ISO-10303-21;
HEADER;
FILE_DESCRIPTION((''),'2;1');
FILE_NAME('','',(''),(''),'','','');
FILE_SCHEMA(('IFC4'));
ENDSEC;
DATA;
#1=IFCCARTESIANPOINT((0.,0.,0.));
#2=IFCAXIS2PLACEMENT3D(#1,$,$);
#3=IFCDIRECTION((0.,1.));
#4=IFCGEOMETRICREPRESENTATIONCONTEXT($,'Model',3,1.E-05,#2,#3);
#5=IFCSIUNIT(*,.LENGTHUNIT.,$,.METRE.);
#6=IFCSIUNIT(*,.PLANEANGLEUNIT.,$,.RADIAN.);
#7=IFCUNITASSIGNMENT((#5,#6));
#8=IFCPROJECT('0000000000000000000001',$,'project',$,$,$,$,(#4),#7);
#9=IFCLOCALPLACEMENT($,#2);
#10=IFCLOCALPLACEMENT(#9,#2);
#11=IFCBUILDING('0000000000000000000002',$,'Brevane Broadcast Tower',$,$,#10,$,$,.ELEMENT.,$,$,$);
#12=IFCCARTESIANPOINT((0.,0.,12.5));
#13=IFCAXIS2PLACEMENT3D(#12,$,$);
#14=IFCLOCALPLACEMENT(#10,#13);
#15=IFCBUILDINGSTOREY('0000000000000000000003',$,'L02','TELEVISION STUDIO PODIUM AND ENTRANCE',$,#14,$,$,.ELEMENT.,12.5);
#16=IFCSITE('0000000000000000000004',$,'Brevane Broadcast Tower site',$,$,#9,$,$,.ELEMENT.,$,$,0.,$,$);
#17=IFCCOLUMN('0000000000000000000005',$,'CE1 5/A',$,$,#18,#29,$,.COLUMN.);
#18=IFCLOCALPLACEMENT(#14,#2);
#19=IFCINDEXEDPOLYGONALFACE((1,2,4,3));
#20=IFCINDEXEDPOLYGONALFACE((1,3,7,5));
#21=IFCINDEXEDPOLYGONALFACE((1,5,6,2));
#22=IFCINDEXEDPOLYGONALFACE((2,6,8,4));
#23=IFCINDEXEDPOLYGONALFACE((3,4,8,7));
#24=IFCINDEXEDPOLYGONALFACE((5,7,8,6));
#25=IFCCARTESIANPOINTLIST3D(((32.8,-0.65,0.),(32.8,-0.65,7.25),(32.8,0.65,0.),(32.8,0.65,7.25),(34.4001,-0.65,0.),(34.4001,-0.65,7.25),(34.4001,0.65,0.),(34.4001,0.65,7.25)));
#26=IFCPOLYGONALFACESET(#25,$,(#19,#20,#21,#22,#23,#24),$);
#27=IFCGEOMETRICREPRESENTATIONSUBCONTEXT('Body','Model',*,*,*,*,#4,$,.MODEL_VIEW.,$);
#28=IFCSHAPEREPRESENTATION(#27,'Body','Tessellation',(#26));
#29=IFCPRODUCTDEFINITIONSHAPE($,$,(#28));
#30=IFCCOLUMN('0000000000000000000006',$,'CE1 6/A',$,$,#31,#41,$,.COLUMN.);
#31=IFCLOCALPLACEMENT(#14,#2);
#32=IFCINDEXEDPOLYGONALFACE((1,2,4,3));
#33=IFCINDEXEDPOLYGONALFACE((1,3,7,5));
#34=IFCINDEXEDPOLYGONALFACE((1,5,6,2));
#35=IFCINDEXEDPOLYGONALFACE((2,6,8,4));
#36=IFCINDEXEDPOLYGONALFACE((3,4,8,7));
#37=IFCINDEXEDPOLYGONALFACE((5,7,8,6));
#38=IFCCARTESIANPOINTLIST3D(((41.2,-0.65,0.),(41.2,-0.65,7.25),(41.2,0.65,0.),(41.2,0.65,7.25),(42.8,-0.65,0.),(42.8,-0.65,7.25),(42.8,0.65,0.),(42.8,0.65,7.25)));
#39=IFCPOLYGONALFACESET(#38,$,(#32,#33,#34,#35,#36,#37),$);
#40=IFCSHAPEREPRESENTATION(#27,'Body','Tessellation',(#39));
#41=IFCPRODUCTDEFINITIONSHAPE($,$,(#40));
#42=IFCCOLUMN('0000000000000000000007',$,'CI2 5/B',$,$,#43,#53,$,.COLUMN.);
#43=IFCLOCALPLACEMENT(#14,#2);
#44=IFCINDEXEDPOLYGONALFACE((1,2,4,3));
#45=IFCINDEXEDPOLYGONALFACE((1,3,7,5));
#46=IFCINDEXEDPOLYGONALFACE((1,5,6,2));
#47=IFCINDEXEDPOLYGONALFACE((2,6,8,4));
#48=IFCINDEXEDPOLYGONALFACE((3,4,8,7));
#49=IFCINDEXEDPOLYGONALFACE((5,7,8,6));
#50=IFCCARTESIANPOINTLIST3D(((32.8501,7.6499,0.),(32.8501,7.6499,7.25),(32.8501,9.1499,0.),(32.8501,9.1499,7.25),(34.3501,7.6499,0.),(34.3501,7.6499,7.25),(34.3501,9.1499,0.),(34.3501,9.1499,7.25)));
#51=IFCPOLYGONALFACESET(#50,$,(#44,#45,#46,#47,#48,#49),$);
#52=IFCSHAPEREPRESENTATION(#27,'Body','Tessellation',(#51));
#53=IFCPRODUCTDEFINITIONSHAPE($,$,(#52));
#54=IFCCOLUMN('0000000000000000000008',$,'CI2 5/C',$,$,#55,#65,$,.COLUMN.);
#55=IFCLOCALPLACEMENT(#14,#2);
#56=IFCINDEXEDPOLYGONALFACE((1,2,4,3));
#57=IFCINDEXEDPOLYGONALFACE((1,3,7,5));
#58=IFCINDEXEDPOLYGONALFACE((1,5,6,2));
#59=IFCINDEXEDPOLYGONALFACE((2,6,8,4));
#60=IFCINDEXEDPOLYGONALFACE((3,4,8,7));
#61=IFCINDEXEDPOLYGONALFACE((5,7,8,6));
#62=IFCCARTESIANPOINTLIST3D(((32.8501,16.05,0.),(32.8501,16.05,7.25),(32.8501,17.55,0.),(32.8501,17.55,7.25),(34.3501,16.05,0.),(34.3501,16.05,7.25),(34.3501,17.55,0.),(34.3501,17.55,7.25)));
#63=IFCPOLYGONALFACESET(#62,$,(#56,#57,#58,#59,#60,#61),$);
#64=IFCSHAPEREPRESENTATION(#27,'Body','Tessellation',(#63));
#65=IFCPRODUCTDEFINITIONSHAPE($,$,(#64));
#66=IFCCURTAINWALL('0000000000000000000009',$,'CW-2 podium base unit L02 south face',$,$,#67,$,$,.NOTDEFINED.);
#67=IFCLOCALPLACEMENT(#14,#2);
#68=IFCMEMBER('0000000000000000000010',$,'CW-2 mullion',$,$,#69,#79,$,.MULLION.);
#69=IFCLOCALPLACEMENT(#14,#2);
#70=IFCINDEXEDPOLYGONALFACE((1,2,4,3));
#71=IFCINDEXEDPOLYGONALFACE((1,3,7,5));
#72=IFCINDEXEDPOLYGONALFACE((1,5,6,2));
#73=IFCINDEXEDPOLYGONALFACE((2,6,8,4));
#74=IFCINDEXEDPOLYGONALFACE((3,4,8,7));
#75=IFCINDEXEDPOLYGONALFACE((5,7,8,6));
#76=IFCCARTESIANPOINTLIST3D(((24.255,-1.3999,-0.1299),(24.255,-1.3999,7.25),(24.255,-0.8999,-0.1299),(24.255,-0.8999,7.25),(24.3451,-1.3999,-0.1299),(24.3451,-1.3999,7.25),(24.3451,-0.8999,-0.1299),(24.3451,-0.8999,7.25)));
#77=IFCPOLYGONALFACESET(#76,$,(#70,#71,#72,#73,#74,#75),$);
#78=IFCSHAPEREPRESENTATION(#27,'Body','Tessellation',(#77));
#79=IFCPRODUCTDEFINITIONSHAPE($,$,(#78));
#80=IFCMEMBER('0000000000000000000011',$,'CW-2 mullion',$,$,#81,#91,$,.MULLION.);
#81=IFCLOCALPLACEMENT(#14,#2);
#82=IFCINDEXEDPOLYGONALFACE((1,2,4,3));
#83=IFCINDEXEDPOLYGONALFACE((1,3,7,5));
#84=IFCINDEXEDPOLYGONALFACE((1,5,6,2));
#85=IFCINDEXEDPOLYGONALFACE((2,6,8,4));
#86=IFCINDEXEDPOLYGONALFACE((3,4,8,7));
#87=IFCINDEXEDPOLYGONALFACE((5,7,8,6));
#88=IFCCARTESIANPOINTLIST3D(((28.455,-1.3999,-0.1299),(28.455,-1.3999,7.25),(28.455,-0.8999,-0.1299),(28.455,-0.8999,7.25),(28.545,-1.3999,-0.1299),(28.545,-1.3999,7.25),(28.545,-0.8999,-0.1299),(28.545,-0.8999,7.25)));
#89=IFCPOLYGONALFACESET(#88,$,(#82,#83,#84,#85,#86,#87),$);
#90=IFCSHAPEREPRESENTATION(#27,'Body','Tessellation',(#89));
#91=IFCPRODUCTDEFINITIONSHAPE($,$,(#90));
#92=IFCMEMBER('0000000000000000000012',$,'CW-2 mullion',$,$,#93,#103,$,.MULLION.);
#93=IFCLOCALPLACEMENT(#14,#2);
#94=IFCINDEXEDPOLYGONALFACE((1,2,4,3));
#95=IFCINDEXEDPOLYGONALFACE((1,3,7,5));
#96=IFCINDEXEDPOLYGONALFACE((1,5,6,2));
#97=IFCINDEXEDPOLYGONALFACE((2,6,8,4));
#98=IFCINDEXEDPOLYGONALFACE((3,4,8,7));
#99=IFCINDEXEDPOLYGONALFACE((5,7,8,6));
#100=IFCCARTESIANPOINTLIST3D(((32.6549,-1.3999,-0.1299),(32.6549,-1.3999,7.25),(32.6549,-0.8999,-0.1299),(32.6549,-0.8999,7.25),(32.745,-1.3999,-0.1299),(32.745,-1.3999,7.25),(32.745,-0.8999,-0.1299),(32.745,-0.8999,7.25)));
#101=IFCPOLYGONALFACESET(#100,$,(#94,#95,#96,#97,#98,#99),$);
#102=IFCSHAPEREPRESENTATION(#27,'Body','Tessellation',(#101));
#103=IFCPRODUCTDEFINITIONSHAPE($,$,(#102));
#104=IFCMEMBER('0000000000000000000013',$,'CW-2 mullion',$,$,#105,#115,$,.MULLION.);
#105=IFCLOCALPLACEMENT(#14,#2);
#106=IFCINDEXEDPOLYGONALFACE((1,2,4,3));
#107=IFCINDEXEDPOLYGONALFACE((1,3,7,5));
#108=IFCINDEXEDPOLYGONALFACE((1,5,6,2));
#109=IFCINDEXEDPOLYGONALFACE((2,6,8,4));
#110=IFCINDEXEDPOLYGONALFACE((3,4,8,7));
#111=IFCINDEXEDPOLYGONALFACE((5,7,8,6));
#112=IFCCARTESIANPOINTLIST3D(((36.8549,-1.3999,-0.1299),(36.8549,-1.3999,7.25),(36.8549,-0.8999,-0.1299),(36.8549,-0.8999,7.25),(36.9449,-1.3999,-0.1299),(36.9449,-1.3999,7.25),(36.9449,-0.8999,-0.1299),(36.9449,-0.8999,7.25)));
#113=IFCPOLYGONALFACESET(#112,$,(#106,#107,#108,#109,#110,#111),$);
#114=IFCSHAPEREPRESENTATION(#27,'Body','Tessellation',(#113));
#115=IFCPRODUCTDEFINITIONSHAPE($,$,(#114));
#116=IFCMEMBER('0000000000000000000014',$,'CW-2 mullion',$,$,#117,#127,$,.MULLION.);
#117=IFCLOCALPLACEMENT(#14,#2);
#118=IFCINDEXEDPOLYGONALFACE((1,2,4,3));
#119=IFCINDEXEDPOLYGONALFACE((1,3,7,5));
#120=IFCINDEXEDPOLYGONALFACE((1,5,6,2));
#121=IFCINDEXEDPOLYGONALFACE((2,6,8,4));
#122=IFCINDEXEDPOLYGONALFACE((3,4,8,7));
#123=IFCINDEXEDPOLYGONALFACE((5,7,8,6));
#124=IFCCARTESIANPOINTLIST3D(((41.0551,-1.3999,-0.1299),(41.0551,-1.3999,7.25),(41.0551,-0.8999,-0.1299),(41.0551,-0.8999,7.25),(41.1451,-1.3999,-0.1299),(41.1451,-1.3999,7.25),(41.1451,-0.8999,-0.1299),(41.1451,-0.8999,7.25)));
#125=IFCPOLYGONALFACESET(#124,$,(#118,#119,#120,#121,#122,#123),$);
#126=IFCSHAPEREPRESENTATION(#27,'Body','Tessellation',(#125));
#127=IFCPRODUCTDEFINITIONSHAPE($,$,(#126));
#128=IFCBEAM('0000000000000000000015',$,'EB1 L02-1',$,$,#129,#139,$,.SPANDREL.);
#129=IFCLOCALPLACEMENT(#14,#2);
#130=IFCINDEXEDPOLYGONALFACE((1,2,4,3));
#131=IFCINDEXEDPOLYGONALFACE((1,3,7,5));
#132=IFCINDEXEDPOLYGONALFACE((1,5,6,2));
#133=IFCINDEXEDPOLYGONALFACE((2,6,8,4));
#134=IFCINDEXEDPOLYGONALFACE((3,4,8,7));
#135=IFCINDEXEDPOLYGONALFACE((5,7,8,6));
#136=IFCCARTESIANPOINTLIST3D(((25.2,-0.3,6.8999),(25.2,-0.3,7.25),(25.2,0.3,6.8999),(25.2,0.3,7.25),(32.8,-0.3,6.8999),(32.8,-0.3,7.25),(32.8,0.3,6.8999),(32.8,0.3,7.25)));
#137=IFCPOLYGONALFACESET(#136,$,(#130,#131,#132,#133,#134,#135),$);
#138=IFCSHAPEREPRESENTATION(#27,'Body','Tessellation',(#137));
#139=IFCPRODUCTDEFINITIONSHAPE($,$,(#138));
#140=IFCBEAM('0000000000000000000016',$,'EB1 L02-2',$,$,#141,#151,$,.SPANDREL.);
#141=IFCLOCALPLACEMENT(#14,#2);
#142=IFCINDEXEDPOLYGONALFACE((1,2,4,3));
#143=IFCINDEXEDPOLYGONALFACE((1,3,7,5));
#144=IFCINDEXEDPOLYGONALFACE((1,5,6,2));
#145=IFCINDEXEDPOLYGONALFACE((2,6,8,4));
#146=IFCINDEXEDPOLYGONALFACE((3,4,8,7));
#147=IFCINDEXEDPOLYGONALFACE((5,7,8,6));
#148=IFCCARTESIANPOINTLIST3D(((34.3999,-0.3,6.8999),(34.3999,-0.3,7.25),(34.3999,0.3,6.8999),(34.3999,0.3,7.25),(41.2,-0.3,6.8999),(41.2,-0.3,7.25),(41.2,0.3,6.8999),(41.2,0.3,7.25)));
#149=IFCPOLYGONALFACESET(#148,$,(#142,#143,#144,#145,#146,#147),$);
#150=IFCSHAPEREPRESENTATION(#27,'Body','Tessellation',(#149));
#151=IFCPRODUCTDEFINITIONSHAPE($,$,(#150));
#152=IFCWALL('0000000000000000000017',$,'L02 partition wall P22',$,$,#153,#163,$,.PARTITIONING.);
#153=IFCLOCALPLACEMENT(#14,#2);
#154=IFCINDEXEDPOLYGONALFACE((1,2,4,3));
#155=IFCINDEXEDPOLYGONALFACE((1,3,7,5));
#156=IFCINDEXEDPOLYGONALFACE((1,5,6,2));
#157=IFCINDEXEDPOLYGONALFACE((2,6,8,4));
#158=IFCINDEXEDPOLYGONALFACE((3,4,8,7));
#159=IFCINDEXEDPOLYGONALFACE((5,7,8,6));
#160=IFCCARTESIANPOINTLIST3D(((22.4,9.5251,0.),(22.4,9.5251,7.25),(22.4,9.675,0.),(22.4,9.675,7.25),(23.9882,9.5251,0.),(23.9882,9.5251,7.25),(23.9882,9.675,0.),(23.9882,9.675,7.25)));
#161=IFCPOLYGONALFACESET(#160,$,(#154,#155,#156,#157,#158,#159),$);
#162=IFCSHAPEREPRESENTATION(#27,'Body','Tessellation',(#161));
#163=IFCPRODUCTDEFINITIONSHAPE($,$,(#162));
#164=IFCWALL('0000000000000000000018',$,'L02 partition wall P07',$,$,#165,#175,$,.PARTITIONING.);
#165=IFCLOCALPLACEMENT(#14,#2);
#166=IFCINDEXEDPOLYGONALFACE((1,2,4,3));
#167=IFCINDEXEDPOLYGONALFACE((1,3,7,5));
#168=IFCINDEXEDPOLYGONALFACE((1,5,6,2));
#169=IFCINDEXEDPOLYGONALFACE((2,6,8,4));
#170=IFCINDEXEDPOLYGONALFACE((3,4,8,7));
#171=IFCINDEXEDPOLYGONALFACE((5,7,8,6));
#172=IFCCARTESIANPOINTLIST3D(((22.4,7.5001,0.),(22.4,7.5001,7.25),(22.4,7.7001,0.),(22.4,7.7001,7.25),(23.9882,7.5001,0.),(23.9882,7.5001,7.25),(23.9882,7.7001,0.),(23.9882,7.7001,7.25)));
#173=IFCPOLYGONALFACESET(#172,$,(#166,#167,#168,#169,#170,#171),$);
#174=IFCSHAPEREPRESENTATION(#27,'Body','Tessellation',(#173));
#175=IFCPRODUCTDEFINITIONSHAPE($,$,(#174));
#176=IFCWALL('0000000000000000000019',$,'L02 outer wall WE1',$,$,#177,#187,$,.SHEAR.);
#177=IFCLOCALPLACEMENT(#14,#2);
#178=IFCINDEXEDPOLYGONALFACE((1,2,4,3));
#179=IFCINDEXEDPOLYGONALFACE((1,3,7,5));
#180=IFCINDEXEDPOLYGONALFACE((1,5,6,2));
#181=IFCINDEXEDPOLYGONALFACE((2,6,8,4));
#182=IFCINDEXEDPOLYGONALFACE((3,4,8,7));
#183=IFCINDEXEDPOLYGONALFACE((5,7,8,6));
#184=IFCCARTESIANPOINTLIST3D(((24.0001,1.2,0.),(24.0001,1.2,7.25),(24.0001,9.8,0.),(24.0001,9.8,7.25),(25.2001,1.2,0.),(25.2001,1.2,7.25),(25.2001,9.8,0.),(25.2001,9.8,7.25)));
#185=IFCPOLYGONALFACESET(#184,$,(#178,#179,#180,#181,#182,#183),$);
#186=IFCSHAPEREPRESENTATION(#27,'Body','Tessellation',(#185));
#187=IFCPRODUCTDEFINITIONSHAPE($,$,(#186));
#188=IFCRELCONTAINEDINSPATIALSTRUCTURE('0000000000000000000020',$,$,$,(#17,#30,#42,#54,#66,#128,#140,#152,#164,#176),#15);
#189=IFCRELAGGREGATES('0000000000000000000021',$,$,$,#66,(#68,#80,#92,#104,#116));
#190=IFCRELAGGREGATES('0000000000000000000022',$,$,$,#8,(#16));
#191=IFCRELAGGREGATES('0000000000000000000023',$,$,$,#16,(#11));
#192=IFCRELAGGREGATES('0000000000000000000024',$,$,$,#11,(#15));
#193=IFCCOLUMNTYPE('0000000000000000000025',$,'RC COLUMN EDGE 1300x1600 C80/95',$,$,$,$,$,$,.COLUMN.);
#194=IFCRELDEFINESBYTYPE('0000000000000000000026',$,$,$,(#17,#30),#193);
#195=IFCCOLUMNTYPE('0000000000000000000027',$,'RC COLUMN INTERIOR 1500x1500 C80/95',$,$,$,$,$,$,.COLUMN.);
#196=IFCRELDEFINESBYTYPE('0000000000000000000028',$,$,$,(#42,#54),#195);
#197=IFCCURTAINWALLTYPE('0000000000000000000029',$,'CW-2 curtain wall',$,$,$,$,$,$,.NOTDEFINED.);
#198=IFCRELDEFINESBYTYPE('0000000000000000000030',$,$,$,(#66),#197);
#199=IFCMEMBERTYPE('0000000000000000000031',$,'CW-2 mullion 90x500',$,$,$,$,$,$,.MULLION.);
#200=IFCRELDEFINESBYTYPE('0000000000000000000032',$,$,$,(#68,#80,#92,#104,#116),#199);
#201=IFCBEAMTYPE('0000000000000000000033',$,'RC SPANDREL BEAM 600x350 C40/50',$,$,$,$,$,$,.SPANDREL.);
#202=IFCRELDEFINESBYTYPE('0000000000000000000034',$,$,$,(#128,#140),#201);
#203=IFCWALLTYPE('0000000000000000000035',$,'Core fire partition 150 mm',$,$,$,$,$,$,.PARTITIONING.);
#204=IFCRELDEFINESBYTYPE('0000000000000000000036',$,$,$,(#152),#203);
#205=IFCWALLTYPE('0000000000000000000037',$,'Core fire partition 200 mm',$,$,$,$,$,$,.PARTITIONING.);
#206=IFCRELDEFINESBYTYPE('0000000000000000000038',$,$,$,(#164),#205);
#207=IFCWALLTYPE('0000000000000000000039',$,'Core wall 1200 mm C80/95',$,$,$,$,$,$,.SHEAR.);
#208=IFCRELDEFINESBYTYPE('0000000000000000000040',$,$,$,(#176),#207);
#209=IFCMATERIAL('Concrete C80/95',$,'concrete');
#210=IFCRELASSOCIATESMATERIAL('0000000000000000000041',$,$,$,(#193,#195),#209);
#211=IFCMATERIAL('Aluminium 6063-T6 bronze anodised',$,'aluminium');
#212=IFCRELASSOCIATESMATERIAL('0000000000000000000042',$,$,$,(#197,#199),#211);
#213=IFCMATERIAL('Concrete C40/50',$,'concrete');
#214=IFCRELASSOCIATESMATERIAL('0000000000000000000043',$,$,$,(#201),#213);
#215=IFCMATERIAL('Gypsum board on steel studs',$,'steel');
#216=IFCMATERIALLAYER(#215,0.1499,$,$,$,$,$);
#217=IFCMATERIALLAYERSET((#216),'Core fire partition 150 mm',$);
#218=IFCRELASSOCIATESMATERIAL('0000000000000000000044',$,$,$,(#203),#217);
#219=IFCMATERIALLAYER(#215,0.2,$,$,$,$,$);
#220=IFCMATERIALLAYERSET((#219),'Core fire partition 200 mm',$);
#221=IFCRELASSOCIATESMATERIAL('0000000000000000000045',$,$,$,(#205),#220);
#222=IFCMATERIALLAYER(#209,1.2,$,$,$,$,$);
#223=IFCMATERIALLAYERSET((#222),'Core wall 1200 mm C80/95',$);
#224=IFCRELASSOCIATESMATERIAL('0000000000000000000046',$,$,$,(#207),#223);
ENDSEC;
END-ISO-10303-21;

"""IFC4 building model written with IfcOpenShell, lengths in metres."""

from ifc_helpers import new_model, si_unit, direction, frame, frame_2d, origin, origin_2d, place, context, subcontext, project, spatial, rectangle, extrude, material, layer, layer_set, material_profile, profile_set, type_object, element, aggregate, save


model = new_model("IFC4")

# Units and contexts
model_context = context("Model", 3, precision=1e-05, world=origin(), true_north=direction((0.0, 1.0)))
body_context = subcontext(model_context, "Body", "Model", "MODEL_VIEW")
ifc_project = project(units=[si_unit("LENGTHUNIT", "METRE"), si_unit("PLANEANGLEUNIT", "RADIAN")], contexts=[model_context])

# Site, building, storey
site_placement = place(None, origin())
site = spatial("IfcSite", under=ifc_project, at=site_placement, Name="Brevane Broadcast Tower site", CompositionType="ELEMENT", RefElevation=0.0)
building_placement = place(site_placement, origin())
building = spatial("IfcBuilding", under=site, at=building_placement, Name="Brevane Broadcast Tower", CompositionType="ELEMENT")
storey_placement = place(building_placement, frame((0.0, 0.0, 12.5)))
storey = spatial("IfcBuildingStorey", under=building, at=storey_placement, Name="L02", Description="TELEVISION STUDIO PODIUM AND ENTRANCE", CompositionType="ELEMENT", Elevation=12.5)

# Columns
ifc_material_1 = material(Name="Concrete C80/95", Category="concrete")
ifc_material_profile_1 = material_profile(ifc_material_1, rectangle(XDim=1.3, YDim=1.6001, at=origin_2d()), Name="RC 1300x1600")
ifc_profile_set_1 = profile_set([ifc_material_profile_1], Name="Concrete C80/95")
column_type_1 = type_object("IfcColumnType", Name="RC COLUMN EDGE 1300x1600 C80/95", PredefinedType="COLUMN", material=ifc_profile_set_1)
for number, where, z_axis, x_axis, name in (
    (1, (33.6001, 0.0, 0.0), (0.0, 0.0, 1.0), (0.0, 1.0, 0.0), "CE1 5/A"),
    (2, (42.0, 0.0, 0.0), (0.0, 0.0, 1.0), (0.0, 1.0, 0.0), "CE1 6/A"),
):
    element("IfcColumn", number, at=place(storey_placement, frame(where, z_axis=z_axis, x_axis=x_axis)), inside=storey, type_object=column_type_1, Name=name, PredefinedType="COLUMN", context=body_context, shape_type="SweptSolid", body=[
        extrude(rectangle(XDim=1.3, YDim=1.6001, at=origin_2d()), origin(), (0.0, 0.0, 1.0), 7.25),
    ])
ifc_material_profile_2 = material_profile(ifc_material_1, rectangle(XDim=1.5, YDim=1.5, at=origin_2d()), Name="RC 1500x1500")
ifc_profile_set_2 = profile_set([ifc_material_profile_2], Name="Concrete C80/95")
column_type_2 = type_object("IfcColumnType", Name="RC COLUMN INTERIOR 1500x1500 C80/95", PredefinedType="COLUMN", material=ifc_profile_set_2)
for number, where, z_axis, x_axis, name in (
    (3, (33.6001, 8.3999, 0.0), (0.0, 0.0, 1.0), (1.0, 0.0, 0.0), "CI2 5/B"),
    (4, (33.6001, 16.8, 0.0), (0.0, 0.0, 1.0), (1.0, 0.0, 0.0), "CI2 5/C"),
):
    element("IfcColumn", number, at=place(storey_placement, frame(where, z_axis=z_axis, x_axis=x_axis)), inside=storey, type_object=column_type_2, Name=name, PredefinedType="COLUMN", context=body_context, shape_type="SweptSolid", body=[
        extrude(rectangle(XDim=1.5, YDim=1.5, at=origin_2d()), origin(), (0.0, 0.0, 1.0), 7.25),
    ])

# Curtain wall, members
ifc_material_2 = material(Name="Aluminium 6063-T6 bronze anodised", Category="aluminium")
curtain_wall_type = type_object("IfcCurtainWallType", Name="CW-2 curtain wall", PredefinedType="NOTDEFINED", material=ifc_material_2)
curtain_wall_placement = place(storey_placement, origin())
curtain_wall = element("IfcCurtainWall", 5, at=curtain_wall_placement, inside=storey, type_object=curtain_wall_type, Name="CW-2 podium base unit L02 south face", PredefinedType="NOTDEFINED")
ifc_material_profile_3 = material_profile(ifc_material_2, rectangle(XDim=0.5, YDim=0.0901, at=origin_2d()), Name="RECT 90x500")
ifc_profile_set_3 = profile_set([ifc_material_profile_3], Name="Aluminium 6063-T6 bronze anodised")
member_type = type_object("IfcMemberType", Name="CW-2 mullion 90x500", PredefinedType="MULLION", material=ifc_profile_set_3)
member_1_placement = place(storey_placement, frame((24.3, -1.1499, -0.1299), z_axis=(0.0, 0.0, 1.0), x_axis=(0.0, 1.0, 0.0)))
member_1 = element("IfcMember", 6, at=member_1_placement, type_object=member_type, Name="CW-2 mullion", PredefinedType="MULLION", context=body_context, shape_type="SweptSolid", body=[
    extrude(rectangle(XDim=0.5, YDim=0.0901, at=origin_2d()), origin(), (0.0, 0.0, 1.0), 7.3799),
])
member_2_placement = place(storey_placement, frame((28.5, -1.1499, -0.1299), z_axis=(0.0, 0.0, 1.0), x_axis=(0.0, 1.0, 0.0)))
member_2 = element("IfcMember", 7, at=member_2_placement, type_object=member_type, Name="CW-2 mullion", PredefinedType="MULLION", context=body_context, shape_type="SweptSolid", body=[
    extrude(rectangle(XDim=0.5, YDim=0.0901, at=origin_2d()), origin(), (0.0, 0.0, 1.0), 7.3799),
])
member_3_placement = place(storey_placement, frame((32.7, -1.1499, -0.1299), z_axis=(0.0, 0.0, 1.0), x_axis=(0.0, 1.0, 0.0)))
member_3 = element("IfcMember", 8, at=member_3_placement, type_object=member_type, Name="CW-2 mullion", PredefinedType="MULLION", context=body_context, shape_type="SweptSolid", body=[
    extrude(rectangle(XDim=0.5, YDim=0.0901, at=origin_2d()), origin(), (0.0, 0.0, 1.0), 7.3799),
])
member_4_placement = place(storey_placement, frame((36.8999, -1.1499, -0.1299), z_axis=(0.0, 0.0, 1.0), x_axis=(0.0, 1.0, 0.0)))
member_4 = element("IfcMember", 9, at=member_4_placement, type_object=member_type, Name="CW-2 mullion", PredefinedType="MULLION", context=body_context, shape_type="SweptSolid", body=[
    extrude(rectangle(XDim=0.5, YDim=0.0901, at=origin_2d()), origin(), (0.0, 0.0, 1.0), 7.3799),
])
member_5_placement = place(storey_placement, frame((41.1001, -1.1499, -0.1299), z_axis=(0.0, 0.0, 1.0), x_axis=(0.0, 1.0, 0.0)))
member_5 = element("IfcMember", 10, at=member_5_placement, type_object=member_type, Name="CW-2 mullion", PredefinedType="MULLION", context=body_context, shape_type="SweptSolid", body=[
    extrude(rectangle(XDim=0.5, YDim=0.0901, at=origin_2d()), origin(), (0.0, 0.0, 1.0), 7.3799),
])
aggregate(curtain_wall, [member_1, member_2, member_3, member_4, member_5])

# Beams
ifc_material_3 = material(Name="Concrete C40/50", Category="concrete")
ifc_material_profile_4 = material_profile(ifc_material_3, rectangle(XDim=0.6001, YDim=0.3501, at=origin_2d()), Name="RC 600x350")
ifc_profile_set_4 = profile_set([ifc_material_profile_4], Name="Concrete C40/50")
beam_type = type_object("IfcBeamType", Name="RC SPANDREL BEAM 600x350 C40/50", PredefinedType="SPANDREL", material=ifc_profile_set_4)
beam_1_placement = place(storey_placement, frame((25.2, 0.0, 7.075), z_axis=(1.0, 0.0, 0.0), x_axis=(0.0, 1.0, 0.0)))
element("IfcBeam", 11, at=beam_1_placement, inside=storey, type_object=beam_type, Name="EB1 L02-1", PredefinedType="SPANDREL", context=body_context, shape_type="SweptSolid", body=[
    extrude(rectangle(XDim=0.6001, YDim=0.3501, at=origin_2d()), origin(), (0.0, 0.0, 1.0), 7.6001),
])
beam_2_placement = place(storey_placement, frame((34.3999, 0.0, 7.075), z_axis=(1.0, 0.0, 0.0), x_axis=(0.0, 1.0, 0.0)))
element("IfcBeam", 12, at=beam_2_placement, inside=storey, type_object=beam_type, Name="EB1 L02-2", PredefinedType="SPANDREL", context=body_context, shape_type="SweptSolid", body=[
    extrude(rectangle(XDim=0.6001, YDim=0.3501, at=origin_2d()), origin(), (0.0, 0.0, 1.0), 6.8),
])

# Walls
ifc_material_4 = material(Name="Gypsum board on steel studs", Category="steel")
ifc_layer_1 = layer(ifc_material_4, 0.1499)
ifc_layer_set_1 = layer_set([ifc_layer_1], Name="Core fire partition 150 mm")
wall_type_1 = type_object("IfcWallType", Name="Core fire partition 150 mm", PredefinedType="PARTITIONING", material=ifc_layer_set_1)
wall_1_placement = place(storey_placement, frame((23.988, 9.6001, 0.0), z_axis=(0.0, 0.0, 1.0), x_axis=(-1.0, 0.0, 0.0)))
element("IfcWall", 13, at=wall_1_placement, inside=storey, type_object=wall_type_1, Name="L02 partition wall P22", PredefinedType="PARTITIONING", context=body_context, shape_type="SweptSolid", body=[
    extrude(rectangle(XDim=1.5881, YDim=0.1499, at=frame_2d((0.7939, 0.0))), origin(), (0.0, 0.0, 1.0), 7.25),
])
ifc_layer_2 = layer(ifc_material_4, 0.2)
ifc_layer_set_2 = layer_set([ifc_layer_2], Name="Core fire partition 200 mm")
wall_type_2 = type_object("IfcWallType", Name="Core fire partition 200 mm", PredefinedType="PARTITIONING", material=ifc_layer_set_2)
wall_2_placement = place(storey_placement, frame((23.988, 7.6001, 0.0), z_axis=(0.0, 0.0, 1.0), x_axis=(-1.0, 0.0, 0.0)))
element("IfcWall", 14, at=wall_2_placement, inside=storey, type_object=wall_type_2, Name="L02 partition wall P07", PredefinedType="PARTITIONING", context=body_context, shape_type="SweptSolid", body=[
    extrude(rectangle(XDim=1.5881, YDim=0.2, at=frame_2d((0.7939, 0.0))), origin(), (0.0, 0.0, 1.0), 7.25),
])
ifc_layer_3 = layer(ifc_material_1, 1.2)
ifc_layer_set_3 = layer_set([ifc_layer_3], Name="Core wall 1200 mm C80/95")
wall_type_3 = type_object("IfcWallType", Name="Core wall 1200 mm C80/95", PredefinedType="SHEAR", material=ifc_layer_set_3)
wall_3_placement = place(storey_placement, frame((24.6001, 1.2, 0.0), z_axis=(0.0, 0.0, 1.0), x_axis=(0.0, 1.0, 0.0)))
element("IfcWall", 15, at=wall_3_placement, inside=storey, type_object=wall_type_3, Name="L02 outer wall WE1", PredefinedType="SHEAR", context=body_context, shape_type="SweptSolid", body=[
    extrude(rectangle(XDim=8.6001, YDim=1.2, at=frame_2d((4.3, 0.0))), origin(), (0.0, 0.0, 1.0), 7.25),
])

save(model, "model.ifc")
